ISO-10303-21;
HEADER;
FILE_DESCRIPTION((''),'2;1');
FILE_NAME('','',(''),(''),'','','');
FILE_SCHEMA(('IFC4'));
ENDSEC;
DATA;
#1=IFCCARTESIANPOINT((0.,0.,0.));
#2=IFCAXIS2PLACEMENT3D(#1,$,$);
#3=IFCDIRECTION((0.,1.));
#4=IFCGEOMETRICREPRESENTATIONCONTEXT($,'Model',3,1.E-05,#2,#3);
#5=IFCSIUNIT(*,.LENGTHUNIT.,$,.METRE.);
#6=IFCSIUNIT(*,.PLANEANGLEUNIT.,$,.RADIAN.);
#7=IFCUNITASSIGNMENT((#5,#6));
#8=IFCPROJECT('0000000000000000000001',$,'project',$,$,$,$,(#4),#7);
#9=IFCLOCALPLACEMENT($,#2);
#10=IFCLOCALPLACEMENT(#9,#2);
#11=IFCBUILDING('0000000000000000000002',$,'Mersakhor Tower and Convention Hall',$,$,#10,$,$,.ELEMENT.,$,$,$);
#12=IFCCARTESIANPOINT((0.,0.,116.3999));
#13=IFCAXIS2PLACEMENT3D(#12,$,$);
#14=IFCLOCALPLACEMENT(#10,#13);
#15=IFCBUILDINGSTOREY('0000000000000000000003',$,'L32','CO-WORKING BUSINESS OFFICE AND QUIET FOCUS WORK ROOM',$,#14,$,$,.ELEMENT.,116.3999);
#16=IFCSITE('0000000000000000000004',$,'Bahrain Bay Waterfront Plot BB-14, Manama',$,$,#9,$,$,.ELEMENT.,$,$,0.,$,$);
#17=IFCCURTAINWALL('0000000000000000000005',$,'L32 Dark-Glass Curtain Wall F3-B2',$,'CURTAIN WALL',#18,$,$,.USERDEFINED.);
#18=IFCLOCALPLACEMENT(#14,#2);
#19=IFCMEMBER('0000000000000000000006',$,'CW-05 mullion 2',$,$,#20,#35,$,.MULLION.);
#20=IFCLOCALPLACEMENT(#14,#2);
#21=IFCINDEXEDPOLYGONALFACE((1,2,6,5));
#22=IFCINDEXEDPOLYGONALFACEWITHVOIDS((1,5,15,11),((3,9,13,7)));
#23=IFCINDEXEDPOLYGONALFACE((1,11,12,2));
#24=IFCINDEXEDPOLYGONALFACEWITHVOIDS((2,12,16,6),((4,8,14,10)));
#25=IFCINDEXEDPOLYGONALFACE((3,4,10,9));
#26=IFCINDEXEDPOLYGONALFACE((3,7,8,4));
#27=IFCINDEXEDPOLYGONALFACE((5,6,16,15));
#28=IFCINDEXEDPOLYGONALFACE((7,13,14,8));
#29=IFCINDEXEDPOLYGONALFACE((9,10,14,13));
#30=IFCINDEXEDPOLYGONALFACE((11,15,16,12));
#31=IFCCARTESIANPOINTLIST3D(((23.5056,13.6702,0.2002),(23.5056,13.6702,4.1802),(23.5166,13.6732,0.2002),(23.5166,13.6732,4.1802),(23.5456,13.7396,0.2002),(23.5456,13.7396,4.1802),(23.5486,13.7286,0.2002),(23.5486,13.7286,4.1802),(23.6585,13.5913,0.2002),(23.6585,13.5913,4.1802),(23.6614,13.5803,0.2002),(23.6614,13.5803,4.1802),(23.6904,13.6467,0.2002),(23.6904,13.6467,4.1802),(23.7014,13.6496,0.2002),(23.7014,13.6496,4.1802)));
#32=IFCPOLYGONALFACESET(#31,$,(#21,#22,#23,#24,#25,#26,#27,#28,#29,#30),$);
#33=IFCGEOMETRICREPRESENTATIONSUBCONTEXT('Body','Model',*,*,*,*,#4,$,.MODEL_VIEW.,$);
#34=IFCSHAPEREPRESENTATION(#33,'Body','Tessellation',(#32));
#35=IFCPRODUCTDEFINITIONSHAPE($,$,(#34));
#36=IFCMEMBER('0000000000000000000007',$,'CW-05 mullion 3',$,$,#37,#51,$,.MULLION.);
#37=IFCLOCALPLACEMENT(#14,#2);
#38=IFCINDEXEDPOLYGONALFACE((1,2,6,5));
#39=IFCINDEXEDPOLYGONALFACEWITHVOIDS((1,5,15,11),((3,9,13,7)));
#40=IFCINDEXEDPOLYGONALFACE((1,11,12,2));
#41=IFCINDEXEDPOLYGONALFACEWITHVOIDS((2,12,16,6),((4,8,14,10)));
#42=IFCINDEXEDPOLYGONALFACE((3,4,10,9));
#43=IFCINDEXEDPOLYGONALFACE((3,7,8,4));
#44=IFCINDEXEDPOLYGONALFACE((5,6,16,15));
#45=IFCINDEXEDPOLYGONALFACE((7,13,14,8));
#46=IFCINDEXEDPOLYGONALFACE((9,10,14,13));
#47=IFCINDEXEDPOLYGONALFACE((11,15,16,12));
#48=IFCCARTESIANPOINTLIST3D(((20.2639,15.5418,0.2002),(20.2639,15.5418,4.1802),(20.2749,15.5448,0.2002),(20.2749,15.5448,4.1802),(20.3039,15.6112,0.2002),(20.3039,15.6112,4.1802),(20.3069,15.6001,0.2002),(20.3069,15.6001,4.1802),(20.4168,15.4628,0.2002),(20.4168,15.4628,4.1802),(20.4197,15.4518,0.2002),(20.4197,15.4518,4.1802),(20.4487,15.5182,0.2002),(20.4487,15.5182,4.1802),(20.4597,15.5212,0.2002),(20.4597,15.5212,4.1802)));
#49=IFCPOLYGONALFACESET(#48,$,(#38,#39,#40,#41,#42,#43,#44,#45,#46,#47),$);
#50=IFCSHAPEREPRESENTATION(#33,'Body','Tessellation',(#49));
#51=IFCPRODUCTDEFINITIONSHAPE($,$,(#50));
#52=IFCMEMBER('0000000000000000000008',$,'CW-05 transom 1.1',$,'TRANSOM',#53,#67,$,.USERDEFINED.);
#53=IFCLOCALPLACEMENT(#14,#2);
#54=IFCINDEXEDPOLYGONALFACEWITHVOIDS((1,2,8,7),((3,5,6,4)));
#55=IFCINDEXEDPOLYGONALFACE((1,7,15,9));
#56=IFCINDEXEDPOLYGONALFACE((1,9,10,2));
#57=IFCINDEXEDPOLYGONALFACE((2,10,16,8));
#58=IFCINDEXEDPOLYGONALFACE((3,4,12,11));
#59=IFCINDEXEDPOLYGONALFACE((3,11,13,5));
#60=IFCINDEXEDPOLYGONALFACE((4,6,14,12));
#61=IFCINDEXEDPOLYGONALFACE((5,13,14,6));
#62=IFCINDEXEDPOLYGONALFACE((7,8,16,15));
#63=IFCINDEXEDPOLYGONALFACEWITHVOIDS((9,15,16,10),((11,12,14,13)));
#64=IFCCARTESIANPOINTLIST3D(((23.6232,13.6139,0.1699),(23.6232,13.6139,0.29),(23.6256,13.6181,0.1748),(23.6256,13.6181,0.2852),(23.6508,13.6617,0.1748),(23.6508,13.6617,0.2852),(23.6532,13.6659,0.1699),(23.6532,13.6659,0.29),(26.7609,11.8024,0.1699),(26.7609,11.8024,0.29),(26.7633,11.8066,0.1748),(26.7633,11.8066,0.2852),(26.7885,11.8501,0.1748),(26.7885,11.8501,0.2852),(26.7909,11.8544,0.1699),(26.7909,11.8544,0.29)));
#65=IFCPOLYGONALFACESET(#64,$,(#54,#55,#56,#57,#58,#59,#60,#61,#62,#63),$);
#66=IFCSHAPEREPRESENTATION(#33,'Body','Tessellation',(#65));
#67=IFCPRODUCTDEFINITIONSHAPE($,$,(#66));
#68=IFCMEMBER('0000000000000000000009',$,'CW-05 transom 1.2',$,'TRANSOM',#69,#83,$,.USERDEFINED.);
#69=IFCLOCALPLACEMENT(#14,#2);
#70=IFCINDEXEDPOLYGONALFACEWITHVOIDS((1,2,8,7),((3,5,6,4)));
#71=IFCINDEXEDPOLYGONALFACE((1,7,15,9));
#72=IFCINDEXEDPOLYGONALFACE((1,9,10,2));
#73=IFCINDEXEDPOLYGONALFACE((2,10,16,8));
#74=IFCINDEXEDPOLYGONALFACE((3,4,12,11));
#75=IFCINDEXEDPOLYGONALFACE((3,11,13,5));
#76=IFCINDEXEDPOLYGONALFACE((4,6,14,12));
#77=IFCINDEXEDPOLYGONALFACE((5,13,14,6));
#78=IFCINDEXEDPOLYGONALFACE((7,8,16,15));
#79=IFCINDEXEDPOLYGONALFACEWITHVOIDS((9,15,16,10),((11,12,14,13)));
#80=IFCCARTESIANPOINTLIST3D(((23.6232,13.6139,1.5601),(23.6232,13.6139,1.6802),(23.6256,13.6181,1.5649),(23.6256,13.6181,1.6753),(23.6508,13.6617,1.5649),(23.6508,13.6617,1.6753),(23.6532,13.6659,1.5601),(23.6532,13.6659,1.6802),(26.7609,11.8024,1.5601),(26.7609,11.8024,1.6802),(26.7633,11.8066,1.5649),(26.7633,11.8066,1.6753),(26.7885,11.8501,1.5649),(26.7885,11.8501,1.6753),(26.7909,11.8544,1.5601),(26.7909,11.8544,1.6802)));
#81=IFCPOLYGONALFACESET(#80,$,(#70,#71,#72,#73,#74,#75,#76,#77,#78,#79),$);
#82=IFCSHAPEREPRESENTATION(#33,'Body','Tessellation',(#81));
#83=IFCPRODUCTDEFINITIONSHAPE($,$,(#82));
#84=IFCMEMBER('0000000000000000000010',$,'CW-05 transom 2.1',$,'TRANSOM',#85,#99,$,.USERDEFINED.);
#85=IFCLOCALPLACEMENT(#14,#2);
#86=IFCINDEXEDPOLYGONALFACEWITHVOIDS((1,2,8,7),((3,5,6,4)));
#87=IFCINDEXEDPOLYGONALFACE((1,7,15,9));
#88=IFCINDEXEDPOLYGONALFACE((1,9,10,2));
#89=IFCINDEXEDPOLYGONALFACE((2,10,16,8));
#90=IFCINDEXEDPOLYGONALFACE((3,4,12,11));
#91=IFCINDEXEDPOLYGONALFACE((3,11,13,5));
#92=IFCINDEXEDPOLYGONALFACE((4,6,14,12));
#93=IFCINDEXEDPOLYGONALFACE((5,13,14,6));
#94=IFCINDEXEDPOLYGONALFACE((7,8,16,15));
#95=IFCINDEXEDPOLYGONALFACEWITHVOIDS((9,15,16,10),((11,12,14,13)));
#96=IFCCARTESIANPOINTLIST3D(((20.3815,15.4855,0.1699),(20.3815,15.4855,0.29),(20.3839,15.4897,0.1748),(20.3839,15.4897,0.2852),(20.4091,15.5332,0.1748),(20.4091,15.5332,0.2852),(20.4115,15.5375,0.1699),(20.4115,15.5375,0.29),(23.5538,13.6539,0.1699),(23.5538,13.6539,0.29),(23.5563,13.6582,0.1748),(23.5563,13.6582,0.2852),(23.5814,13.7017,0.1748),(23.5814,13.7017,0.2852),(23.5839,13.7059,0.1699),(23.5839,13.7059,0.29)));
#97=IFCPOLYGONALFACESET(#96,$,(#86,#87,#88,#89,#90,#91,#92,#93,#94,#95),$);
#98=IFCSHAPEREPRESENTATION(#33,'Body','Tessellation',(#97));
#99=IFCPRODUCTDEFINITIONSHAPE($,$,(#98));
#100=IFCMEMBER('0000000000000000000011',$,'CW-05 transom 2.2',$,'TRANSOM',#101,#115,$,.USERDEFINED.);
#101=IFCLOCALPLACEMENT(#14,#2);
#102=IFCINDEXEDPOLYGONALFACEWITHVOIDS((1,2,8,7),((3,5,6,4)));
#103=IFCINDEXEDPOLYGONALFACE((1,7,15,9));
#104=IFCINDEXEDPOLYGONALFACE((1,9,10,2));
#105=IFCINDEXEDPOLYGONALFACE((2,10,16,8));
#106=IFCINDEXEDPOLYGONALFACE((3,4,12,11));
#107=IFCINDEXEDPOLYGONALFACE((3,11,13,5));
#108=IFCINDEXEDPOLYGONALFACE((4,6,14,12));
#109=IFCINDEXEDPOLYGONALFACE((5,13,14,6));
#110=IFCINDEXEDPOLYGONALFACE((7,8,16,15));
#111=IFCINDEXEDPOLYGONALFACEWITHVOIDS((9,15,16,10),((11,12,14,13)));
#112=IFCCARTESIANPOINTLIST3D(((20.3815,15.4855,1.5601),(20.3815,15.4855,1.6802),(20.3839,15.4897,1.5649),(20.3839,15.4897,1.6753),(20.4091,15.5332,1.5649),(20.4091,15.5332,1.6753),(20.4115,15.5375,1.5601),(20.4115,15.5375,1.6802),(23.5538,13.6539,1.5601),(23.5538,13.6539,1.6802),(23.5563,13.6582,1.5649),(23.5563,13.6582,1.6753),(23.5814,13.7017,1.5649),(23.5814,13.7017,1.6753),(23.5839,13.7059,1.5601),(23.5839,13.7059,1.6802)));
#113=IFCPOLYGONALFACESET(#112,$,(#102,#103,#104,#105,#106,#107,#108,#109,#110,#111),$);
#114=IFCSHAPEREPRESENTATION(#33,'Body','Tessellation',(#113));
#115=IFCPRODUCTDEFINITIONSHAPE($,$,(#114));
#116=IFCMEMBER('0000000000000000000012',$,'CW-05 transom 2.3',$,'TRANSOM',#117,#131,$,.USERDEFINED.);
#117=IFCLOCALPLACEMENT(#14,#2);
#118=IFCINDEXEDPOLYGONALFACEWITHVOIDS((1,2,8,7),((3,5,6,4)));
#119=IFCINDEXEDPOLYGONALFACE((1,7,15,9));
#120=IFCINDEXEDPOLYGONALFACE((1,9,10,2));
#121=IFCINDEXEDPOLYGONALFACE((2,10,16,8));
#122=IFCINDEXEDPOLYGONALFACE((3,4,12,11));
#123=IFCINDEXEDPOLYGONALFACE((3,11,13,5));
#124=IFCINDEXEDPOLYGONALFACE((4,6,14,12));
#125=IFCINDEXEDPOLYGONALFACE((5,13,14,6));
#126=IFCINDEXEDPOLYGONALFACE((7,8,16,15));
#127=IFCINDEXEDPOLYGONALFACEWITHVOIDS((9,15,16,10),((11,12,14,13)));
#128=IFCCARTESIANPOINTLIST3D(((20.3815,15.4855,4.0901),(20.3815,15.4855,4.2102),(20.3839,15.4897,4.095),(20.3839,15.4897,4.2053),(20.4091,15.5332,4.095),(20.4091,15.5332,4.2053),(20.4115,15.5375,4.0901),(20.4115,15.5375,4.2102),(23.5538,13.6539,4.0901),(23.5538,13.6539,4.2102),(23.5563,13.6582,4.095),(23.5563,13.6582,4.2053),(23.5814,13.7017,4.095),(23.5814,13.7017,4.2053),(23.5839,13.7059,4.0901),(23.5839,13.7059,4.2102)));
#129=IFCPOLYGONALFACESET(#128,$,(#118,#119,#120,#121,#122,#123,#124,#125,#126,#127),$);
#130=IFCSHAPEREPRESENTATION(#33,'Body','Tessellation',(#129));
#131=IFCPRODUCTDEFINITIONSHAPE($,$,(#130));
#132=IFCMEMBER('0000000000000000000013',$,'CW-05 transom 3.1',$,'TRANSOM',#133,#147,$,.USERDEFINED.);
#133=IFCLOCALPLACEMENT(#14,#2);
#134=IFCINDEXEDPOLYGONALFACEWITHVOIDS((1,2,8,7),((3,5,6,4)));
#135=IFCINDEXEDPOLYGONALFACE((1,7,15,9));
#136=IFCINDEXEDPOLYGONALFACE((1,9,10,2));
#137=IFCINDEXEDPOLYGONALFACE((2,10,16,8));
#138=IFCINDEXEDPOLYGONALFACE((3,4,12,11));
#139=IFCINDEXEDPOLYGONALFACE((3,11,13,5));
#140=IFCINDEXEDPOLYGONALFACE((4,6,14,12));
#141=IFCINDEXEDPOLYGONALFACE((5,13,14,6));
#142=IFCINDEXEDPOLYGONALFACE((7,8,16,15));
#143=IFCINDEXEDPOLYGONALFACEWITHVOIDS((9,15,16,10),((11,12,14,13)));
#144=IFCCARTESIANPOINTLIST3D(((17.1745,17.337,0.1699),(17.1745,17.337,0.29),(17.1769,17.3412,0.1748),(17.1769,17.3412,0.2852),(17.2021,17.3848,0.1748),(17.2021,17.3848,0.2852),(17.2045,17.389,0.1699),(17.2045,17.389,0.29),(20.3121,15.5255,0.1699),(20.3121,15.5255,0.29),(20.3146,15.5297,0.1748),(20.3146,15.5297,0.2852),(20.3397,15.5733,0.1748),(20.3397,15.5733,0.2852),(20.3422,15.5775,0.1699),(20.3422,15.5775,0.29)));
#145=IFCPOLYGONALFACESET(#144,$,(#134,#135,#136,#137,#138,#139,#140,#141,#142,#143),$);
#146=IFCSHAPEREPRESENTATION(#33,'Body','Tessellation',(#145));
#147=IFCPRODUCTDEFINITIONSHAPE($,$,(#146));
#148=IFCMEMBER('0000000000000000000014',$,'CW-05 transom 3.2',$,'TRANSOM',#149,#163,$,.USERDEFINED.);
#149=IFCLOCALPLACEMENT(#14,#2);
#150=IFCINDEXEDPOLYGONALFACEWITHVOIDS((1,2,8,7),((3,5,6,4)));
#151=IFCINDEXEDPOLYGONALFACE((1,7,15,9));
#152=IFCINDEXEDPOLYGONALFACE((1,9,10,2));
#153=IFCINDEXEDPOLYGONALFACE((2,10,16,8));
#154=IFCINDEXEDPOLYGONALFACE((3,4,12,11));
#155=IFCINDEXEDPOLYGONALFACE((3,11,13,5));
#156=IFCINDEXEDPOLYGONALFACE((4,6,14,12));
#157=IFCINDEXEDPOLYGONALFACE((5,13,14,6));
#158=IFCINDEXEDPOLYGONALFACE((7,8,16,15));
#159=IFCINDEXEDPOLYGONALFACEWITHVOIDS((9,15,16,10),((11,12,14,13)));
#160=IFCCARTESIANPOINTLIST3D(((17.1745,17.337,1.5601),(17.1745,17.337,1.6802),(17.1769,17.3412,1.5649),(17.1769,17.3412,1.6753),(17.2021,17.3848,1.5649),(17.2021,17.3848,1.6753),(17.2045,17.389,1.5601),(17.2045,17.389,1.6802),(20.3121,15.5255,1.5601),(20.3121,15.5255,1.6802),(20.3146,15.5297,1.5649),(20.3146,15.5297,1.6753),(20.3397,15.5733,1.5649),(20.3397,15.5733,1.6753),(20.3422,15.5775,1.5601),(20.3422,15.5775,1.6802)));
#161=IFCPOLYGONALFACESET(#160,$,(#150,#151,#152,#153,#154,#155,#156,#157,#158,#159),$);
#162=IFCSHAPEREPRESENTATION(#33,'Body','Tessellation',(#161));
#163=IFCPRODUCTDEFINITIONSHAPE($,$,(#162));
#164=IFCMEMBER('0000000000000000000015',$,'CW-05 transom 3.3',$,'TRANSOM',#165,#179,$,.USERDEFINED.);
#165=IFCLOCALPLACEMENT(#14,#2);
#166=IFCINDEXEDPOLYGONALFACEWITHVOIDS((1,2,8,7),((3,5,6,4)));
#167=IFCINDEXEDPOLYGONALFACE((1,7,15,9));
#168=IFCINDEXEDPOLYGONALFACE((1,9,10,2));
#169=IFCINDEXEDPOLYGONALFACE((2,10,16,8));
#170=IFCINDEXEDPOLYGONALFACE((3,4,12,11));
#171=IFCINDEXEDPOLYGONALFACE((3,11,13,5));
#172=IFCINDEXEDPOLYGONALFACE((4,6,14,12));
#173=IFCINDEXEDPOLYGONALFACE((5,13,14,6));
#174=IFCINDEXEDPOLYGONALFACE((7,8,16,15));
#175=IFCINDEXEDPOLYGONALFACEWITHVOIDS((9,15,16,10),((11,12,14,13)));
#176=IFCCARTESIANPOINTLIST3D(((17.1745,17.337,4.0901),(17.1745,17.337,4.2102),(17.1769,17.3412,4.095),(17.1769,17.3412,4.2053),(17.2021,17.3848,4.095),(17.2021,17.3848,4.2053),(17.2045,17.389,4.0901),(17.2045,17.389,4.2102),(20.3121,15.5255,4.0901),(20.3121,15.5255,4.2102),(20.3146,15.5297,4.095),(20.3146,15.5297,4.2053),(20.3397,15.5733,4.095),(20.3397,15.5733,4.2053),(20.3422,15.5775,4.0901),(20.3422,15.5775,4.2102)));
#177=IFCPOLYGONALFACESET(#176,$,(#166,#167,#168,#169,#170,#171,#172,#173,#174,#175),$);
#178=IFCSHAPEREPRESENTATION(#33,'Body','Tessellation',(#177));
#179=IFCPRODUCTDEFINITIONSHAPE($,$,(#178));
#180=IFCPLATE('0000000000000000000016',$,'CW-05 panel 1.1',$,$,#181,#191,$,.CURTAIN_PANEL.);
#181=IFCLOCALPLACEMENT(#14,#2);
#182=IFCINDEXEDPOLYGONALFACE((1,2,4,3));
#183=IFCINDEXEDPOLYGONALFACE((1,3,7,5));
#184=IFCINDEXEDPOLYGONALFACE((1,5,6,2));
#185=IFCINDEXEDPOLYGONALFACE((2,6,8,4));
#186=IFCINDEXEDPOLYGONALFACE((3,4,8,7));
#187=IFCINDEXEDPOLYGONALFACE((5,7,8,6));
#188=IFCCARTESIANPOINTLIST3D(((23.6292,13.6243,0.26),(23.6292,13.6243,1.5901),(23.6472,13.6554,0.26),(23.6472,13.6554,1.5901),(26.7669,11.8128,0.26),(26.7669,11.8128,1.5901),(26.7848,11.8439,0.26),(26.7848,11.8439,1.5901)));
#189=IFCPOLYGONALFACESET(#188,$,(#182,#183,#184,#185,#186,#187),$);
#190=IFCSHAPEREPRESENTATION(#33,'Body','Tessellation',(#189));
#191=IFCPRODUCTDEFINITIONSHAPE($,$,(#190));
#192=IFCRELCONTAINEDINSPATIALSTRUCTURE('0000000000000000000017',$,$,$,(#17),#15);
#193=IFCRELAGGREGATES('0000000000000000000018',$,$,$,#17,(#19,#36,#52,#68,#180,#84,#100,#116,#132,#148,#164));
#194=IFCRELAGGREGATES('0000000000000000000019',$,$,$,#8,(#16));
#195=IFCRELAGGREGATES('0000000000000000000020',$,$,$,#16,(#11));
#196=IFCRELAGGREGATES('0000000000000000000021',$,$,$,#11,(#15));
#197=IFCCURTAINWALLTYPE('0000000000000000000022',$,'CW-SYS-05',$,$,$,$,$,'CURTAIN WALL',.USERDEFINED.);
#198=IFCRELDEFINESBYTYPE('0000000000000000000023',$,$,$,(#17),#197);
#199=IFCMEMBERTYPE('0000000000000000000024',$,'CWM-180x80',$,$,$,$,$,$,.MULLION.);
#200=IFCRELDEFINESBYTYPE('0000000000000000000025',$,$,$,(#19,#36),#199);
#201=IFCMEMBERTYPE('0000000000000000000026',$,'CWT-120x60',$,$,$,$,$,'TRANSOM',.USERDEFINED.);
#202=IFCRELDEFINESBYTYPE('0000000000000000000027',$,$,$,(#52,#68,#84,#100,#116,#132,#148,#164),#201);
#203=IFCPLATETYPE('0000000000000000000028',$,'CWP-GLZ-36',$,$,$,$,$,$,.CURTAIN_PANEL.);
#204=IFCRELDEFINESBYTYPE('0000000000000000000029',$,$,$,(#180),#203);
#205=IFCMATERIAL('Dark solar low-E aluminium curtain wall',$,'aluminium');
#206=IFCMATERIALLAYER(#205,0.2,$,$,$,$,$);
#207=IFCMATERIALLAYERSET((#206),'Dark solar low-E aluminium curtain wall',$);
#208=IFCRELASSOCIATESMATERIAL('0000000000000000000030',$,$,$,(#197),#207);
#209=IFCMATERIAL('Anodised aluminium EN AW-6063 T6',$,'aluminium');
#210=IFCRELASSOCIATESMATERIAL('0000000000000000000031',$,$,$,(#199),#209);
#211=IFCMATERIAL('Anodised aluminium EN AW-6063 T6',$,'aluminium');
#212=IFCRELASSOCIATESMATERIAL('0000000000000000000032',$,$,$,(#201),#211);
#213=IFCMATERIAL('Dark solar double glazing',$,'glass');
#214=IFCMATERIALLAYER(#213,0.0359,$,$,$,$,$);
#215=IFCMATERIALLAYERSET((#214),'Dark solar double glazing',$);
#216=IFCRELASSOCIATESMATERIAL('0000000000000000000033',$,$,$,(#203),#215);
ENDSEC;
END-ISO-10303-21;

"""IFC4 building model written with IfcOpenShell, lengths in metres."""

from ifc_helpers import new_model, si_unit, direction, frame, origin, origin_2d, place, context, subcontext, project, spatial, rectangle, hollow_rectangle, extrude, material, layer, layer_set, material_profile, profile_set, type_object, element, aggregate, save


model = new_model("IFC4")

# Units and contexts
model_context = context("Model", 3, precision=1e-05, world=origin(), true_north=direction((0.0, 1.0)))
body_context = subcontext(model_context, "Body", "Model", "MODEL_VIEW")
ifc_project = project(units=[si_unit("LENGTHUNIT", "METRE"), si_unit("PLANEANGLEUNIT", "RADIAN")], contexts=[model_context])

# Site, building, storey
site_placement = place(None, origin())
site = spatial("IfcSite", under=ifc_project, at=site_placement, Name="Bahrain Bay Waterfront Plot BB-14, Manama", CompositionType="ELEMENT", RefElevation=0.0)
building_placement = place(site_placement, origin())
building = spatial("IfcBuilding", under=site, at=building_placement, Name="Mersakhor Tower and Convention Hall", CompositionType="ELEMENT")
storey_placement = place(building_placement, frame((0.0, 0.0, 116.3999)))
storey = spatial("IfcBuildingStorey", under=building, at=storey_placement, Name="L32", Description="CO-WORKING BUSINESS OFFICE AND QUIET FOCUS WORK ROOM", CompositionType="ELEMENT", Elevation=116.3999)

# Curtain wall, members, plate
ifc_material_1 = material(Name="Dark solar low-E aluminium curtain wall", Category="aluminium")
ifc_layer_1 = layer(ifc_material_1, 0.2)
ifc_layer_set_1 = layer_set([ifc_layer_1], Name="Dark solar low-E aluminium curtain wall")
curtain_wall_type = type_object("IfcCurtainWallType", Name="CW-SYS-05", ElementType="CURTAIN WALL", PredefinedType="USERDEFINED", material=ifc_layer_set_1)
curtain_wall_placement = place(storey_placement, origin())
curtain_wall = element("IfcCurtainWall", 1, at=curtain_wall_placement, inside=storey, type_object=curtain_wall_type, Name="L32 Dark-Glass Curtain Wall F3-B2", ObjectType="CURTAIN WALL", PredefinedType="USERDEFINED")
ifc_material_2 = material(Name="Anodised aluminium EN AW-6063 T6", Category="aluminium")
ifc_material_profile_1 = material_profile(ifc_material_2, hollow_rectangle(XDim=0.0801, YDim=0.1799, WallThickness=0.0081, at=origin_2d()), Name="RHS 180x80x8")
ifc_profile_set_1 = profile_set([ifc_material_profile_1], Name="Anodised aluminium EN AW-6063 T6")
member_type_1 = type_object("IfcMemberType", Name="CWM-180x80", PredefinedType="MULLION", material=ifc_profile_set_1)
member_1_placement = place(storey_placement, frame((23.6035, 13.6599, 0.2002), z_axis=(0.0, 0.0, 1.0), x_axis=(-0.499998, -0.866027, 0.0)))
member_1 = element("IfcMember", 2, at=member_1_placement, type_object=member_type_1, Name="CW-05 mullion 2", PredefinedType="MULLION", context=body_context, shape_type="SweptSolid", body=[
    extrude(hollow_rectangle(XDim=0.0801, YDim=0.1799, WallThickness=0.0081, at=origin_2d()), origin(), (0.0, 0.0, 1.0), 3.98),
])
member_2_placement = place(storey_placement, frame((20.3618, 15.5315, 0.2002), z_axis=(0.0, 0.0, 1.0), x_axis=(-0.499998, -0.866027, 0.0)))
member_2 = element("IfcMember", 3, at=member_2_placement, type_object=member_type_1, Name="CW-05 mullion 3", PredefinedType="MULLION", context=body_context, shape_type="SweptSolid", body=[
    extrude(hollow_rectangle(XDim=0.0801, YDim=0.1799, WallThickness=0.0081, at=origin_2d()), origin(), (0.0, 0.0, 1.0), 3.98),
])
ifc_material_3 = material(Name="Anodised aluminium EN AW-6063 T6", Category="aluminium")
ifc_material_profile_2 = material_profile(ifc_material_3, hollow_rectangle(XDim=0.0601, YDim=0.1201, WallThickness=0.0049, at=origin_2d()), Name="RHS 120x60x5")
ifc_profile_set_2 = profile_set([ifc_material_profile_2], Name="Anodised aluminium EN AW-6063 T6")
member_type_2 = type_object("IfcMemberType", Name="CWT-120x60", ElementType="TRANSOM", PredefinedType="USERDEFINED", material=ifc_profile_set_2)
member_3_placement = place(storey_placement, frame((26.7759, 11.8284, 0.23), z_axis=(-0.866028, 0.499995, 0.0), x_axis=(-0.499995, -0.866028, 0.0)))
member_3 = element("IfcMember", 4, at=member_3_placement, type_object=member_type_2, Name="CW-05 transom 1.1", ObjectType="TRANSOM", PredefinedType="USERDEFINED", context=body_context, shape_type="SweptSolid", body=[
    extrude(hollow_rectangle(XDim=0.0601, YDim=0.1201, WallThickness=0.0049, at=origin_2d()), origin(), (0.0, 0.0, 1.0), 3.623),
])
member_4_placement = place(storey_placement, frame((26.7759, 11.8284, 1.6201), z_axis=(-0.866028, 0.499995, 0.0), x_axis=(-0.499995, -0.866028, 0.0)))
member_4 = element("IfcMember", 5, at=member_4_placement, type_object=member_type_2, Name="CW-05 transom 1.2", ObjectType="TRANSOM", PredefinedType="USERDEFINED", context=body_context, shape_type="SweptSolid", body=[
    extrude(hollow_rectangle(XDim=0.0601, YDim=0.1201, WallThickness=0.0049, at=origin_2d()), origin(), (0.0, 0.0, 1.0), 3.623),
])
member_5_placement = place(storey_placement, frame((23.5688, 13.6799, 0.23), z_axis=(-0.866028, 0.499996, 0.0), x_axis=(-0.499996, -0.866028, 0.0)))
member_5 = element("IfcMember", 6, at=member_5_placement, type_object=member_type_2, Name="CW-05 transom 2.1", ObjectType="TRANSOM", PredefinedType="USERDEFINED", context=body_context, shape_type="SweptSolid", body=[
    extrude(hollow_rectangle(XDim=0.0601, YDim=0.1201, WallThickness=0.0049, at=origin_2d()), origin(), (0.0, 0.0, 1.0), 3.6631),
])
member_6_placement = place(storey_placement, frame((23.5688, 13.6799, 1.6201), z_axis=(-0.866028, 0.499996, 0.0), x_axis=(-0.499996, -0.866028, 0.0)))
member_6 = element("IfcMember", 7, at=member_6_placement, type_object=member_type_2, Name="CW-05 transom 2.2", ObjectType="TRANSOM", PredefinedType="USERDEFINED", context=body_context, shape_type="SweptSolid", body=[
    extrude(hollow_rectangle(XDim=0.0601, YDim=0.1201, WallThickness=0.0049, at=origin_2d()), origin(), (0.0, 0.0, 1.0), 3.6631),
])
member_7_placement = place(storey_placement, frame((23.5688, 13.6799, 4.1501), z_axis=(-0.866028, 0.499996, 0.0), x_axis=(-0.499996, -0.866028, 0.0)))
member_7 = element("IfcMember", 8, at=member_7_placement, type_object=member_type_2, Name="CW-05 transom 2.3", ObjectType="TRANSOM", PredefinedType="USERDEFINED", context=body_context, shape_type="SweptSolid", body=[
    extrude(hollow_rectangle(XDim=0.0601, YDim=0.1201, WallThickness=0.0049, at=origin_2d()), origin(), (0.0, 0.0, 1.0), 3.6631),
])
member_8_placement = place(storey_placement, frame((20.3271, 15.5515, 0.23), z_axis=(-0.866028, 0.499995, 0.0), x_axis=(-0.499995, -0.866028, 0.0)))
member_8 = element("IfcMember", 9, at=member_8_placement, type_object=member_type_2, Name="CW-05 transom 3.1", ObjectType="TRANSOM", PredefinedType="USERDEFINED", context=body_context, shape_type="SweptSolid", body=[
    extrude(hollow_rectangle(XDim=0.0601, YDim=0.1201, WallThickness=0.0049, at=origin_2d()), origin(), (0.0, 0.0, 1.0), 3.623),
])
member_9_placement = place(storey_placement, frame((20.3271, 15.5515, 1.6201), z_axis=(-0.866028, 0.499995, 0.0), x_axis=(-0.499995, -0.866028, 0.0)))
member_9 = element("IfcMember", 10, at=member_9_placement, type_object=member_type_2, Name="CW-05 transom 3.2", ObjectType="TRANSOM", PredefinedType="USERDEFINED", context=body_context, shape_type="SweptSolid", body=[
    extrude(hollow_rectangle(XDim=0.0601, YDim=0.1201, WallThickness=0.0049, at=origin_2d()), origin(), (0.0, 0.0, 1.0), 3.623),
])
member_10_placement = place(storey_placement, frame((20.3271, 15.5515, 4.1501), z_axis=(-0.866028, 0.499995, 0.0), x_axis=(-0.499995, -0.866028, 0.0)))
member_10 = element("IfcMember", 11, at=member_10_placement, type_object=member_type_2, Name="CW-05 transom 3.3", ObjectType="TRANSOM", PredefinedType="USERDEFINED", context=body_context, shape_type="SweptSolid", body=[
    extrude(hollow_rectangle(XDim=0.0601, YDim=0.1201, WallThickness=0.0049, at=origin_2d()), origin(), (0.0, 0.0, 1.0), 3.623),
])
ifc_material_4 = material(Name="Dark solar double glazing", Category="glass")
ifc_layer_2 = layer(ifc_material_4, 0.0359)
ifc_layer_set_2 = layer_set([ifc_layer_2], Name="Dark solar double glazing")
plate_type_1 = type_object("IfcPlateType", Name="CWP-GLZ-36", PredefinedType="CURTAIN_PANEL", material=ifc_layer_set_2)
plate_1_placement = place(storey_placement, frame((25.207, 12.7341, 0.26), z_axis=(0.0, 0.0, 1.0), x_axis=(-0.866027, 0.499998, 0.0)))
plate_1 = element("IfcPlate", 12, at=plate_1_placement, type_object=plate_type_1, Name="CW-05 panel 1.1", PredefinedType="CURTAIN_PANEL", context=body_context, shape_type="SweptSolid", body=[
    extrude(rectangle(XDim=3.623, YDim=0.0359, at=origin_2d()), origin(), (0.0, 0.0, 1.0), 1.3301),
])
aggregate(curtain_wall, [member_1, member_2, member_3, member_4, plate_1, member_5, member_6, member_7, member_8, member_9, member_10])

save(model, "model.ifc")
